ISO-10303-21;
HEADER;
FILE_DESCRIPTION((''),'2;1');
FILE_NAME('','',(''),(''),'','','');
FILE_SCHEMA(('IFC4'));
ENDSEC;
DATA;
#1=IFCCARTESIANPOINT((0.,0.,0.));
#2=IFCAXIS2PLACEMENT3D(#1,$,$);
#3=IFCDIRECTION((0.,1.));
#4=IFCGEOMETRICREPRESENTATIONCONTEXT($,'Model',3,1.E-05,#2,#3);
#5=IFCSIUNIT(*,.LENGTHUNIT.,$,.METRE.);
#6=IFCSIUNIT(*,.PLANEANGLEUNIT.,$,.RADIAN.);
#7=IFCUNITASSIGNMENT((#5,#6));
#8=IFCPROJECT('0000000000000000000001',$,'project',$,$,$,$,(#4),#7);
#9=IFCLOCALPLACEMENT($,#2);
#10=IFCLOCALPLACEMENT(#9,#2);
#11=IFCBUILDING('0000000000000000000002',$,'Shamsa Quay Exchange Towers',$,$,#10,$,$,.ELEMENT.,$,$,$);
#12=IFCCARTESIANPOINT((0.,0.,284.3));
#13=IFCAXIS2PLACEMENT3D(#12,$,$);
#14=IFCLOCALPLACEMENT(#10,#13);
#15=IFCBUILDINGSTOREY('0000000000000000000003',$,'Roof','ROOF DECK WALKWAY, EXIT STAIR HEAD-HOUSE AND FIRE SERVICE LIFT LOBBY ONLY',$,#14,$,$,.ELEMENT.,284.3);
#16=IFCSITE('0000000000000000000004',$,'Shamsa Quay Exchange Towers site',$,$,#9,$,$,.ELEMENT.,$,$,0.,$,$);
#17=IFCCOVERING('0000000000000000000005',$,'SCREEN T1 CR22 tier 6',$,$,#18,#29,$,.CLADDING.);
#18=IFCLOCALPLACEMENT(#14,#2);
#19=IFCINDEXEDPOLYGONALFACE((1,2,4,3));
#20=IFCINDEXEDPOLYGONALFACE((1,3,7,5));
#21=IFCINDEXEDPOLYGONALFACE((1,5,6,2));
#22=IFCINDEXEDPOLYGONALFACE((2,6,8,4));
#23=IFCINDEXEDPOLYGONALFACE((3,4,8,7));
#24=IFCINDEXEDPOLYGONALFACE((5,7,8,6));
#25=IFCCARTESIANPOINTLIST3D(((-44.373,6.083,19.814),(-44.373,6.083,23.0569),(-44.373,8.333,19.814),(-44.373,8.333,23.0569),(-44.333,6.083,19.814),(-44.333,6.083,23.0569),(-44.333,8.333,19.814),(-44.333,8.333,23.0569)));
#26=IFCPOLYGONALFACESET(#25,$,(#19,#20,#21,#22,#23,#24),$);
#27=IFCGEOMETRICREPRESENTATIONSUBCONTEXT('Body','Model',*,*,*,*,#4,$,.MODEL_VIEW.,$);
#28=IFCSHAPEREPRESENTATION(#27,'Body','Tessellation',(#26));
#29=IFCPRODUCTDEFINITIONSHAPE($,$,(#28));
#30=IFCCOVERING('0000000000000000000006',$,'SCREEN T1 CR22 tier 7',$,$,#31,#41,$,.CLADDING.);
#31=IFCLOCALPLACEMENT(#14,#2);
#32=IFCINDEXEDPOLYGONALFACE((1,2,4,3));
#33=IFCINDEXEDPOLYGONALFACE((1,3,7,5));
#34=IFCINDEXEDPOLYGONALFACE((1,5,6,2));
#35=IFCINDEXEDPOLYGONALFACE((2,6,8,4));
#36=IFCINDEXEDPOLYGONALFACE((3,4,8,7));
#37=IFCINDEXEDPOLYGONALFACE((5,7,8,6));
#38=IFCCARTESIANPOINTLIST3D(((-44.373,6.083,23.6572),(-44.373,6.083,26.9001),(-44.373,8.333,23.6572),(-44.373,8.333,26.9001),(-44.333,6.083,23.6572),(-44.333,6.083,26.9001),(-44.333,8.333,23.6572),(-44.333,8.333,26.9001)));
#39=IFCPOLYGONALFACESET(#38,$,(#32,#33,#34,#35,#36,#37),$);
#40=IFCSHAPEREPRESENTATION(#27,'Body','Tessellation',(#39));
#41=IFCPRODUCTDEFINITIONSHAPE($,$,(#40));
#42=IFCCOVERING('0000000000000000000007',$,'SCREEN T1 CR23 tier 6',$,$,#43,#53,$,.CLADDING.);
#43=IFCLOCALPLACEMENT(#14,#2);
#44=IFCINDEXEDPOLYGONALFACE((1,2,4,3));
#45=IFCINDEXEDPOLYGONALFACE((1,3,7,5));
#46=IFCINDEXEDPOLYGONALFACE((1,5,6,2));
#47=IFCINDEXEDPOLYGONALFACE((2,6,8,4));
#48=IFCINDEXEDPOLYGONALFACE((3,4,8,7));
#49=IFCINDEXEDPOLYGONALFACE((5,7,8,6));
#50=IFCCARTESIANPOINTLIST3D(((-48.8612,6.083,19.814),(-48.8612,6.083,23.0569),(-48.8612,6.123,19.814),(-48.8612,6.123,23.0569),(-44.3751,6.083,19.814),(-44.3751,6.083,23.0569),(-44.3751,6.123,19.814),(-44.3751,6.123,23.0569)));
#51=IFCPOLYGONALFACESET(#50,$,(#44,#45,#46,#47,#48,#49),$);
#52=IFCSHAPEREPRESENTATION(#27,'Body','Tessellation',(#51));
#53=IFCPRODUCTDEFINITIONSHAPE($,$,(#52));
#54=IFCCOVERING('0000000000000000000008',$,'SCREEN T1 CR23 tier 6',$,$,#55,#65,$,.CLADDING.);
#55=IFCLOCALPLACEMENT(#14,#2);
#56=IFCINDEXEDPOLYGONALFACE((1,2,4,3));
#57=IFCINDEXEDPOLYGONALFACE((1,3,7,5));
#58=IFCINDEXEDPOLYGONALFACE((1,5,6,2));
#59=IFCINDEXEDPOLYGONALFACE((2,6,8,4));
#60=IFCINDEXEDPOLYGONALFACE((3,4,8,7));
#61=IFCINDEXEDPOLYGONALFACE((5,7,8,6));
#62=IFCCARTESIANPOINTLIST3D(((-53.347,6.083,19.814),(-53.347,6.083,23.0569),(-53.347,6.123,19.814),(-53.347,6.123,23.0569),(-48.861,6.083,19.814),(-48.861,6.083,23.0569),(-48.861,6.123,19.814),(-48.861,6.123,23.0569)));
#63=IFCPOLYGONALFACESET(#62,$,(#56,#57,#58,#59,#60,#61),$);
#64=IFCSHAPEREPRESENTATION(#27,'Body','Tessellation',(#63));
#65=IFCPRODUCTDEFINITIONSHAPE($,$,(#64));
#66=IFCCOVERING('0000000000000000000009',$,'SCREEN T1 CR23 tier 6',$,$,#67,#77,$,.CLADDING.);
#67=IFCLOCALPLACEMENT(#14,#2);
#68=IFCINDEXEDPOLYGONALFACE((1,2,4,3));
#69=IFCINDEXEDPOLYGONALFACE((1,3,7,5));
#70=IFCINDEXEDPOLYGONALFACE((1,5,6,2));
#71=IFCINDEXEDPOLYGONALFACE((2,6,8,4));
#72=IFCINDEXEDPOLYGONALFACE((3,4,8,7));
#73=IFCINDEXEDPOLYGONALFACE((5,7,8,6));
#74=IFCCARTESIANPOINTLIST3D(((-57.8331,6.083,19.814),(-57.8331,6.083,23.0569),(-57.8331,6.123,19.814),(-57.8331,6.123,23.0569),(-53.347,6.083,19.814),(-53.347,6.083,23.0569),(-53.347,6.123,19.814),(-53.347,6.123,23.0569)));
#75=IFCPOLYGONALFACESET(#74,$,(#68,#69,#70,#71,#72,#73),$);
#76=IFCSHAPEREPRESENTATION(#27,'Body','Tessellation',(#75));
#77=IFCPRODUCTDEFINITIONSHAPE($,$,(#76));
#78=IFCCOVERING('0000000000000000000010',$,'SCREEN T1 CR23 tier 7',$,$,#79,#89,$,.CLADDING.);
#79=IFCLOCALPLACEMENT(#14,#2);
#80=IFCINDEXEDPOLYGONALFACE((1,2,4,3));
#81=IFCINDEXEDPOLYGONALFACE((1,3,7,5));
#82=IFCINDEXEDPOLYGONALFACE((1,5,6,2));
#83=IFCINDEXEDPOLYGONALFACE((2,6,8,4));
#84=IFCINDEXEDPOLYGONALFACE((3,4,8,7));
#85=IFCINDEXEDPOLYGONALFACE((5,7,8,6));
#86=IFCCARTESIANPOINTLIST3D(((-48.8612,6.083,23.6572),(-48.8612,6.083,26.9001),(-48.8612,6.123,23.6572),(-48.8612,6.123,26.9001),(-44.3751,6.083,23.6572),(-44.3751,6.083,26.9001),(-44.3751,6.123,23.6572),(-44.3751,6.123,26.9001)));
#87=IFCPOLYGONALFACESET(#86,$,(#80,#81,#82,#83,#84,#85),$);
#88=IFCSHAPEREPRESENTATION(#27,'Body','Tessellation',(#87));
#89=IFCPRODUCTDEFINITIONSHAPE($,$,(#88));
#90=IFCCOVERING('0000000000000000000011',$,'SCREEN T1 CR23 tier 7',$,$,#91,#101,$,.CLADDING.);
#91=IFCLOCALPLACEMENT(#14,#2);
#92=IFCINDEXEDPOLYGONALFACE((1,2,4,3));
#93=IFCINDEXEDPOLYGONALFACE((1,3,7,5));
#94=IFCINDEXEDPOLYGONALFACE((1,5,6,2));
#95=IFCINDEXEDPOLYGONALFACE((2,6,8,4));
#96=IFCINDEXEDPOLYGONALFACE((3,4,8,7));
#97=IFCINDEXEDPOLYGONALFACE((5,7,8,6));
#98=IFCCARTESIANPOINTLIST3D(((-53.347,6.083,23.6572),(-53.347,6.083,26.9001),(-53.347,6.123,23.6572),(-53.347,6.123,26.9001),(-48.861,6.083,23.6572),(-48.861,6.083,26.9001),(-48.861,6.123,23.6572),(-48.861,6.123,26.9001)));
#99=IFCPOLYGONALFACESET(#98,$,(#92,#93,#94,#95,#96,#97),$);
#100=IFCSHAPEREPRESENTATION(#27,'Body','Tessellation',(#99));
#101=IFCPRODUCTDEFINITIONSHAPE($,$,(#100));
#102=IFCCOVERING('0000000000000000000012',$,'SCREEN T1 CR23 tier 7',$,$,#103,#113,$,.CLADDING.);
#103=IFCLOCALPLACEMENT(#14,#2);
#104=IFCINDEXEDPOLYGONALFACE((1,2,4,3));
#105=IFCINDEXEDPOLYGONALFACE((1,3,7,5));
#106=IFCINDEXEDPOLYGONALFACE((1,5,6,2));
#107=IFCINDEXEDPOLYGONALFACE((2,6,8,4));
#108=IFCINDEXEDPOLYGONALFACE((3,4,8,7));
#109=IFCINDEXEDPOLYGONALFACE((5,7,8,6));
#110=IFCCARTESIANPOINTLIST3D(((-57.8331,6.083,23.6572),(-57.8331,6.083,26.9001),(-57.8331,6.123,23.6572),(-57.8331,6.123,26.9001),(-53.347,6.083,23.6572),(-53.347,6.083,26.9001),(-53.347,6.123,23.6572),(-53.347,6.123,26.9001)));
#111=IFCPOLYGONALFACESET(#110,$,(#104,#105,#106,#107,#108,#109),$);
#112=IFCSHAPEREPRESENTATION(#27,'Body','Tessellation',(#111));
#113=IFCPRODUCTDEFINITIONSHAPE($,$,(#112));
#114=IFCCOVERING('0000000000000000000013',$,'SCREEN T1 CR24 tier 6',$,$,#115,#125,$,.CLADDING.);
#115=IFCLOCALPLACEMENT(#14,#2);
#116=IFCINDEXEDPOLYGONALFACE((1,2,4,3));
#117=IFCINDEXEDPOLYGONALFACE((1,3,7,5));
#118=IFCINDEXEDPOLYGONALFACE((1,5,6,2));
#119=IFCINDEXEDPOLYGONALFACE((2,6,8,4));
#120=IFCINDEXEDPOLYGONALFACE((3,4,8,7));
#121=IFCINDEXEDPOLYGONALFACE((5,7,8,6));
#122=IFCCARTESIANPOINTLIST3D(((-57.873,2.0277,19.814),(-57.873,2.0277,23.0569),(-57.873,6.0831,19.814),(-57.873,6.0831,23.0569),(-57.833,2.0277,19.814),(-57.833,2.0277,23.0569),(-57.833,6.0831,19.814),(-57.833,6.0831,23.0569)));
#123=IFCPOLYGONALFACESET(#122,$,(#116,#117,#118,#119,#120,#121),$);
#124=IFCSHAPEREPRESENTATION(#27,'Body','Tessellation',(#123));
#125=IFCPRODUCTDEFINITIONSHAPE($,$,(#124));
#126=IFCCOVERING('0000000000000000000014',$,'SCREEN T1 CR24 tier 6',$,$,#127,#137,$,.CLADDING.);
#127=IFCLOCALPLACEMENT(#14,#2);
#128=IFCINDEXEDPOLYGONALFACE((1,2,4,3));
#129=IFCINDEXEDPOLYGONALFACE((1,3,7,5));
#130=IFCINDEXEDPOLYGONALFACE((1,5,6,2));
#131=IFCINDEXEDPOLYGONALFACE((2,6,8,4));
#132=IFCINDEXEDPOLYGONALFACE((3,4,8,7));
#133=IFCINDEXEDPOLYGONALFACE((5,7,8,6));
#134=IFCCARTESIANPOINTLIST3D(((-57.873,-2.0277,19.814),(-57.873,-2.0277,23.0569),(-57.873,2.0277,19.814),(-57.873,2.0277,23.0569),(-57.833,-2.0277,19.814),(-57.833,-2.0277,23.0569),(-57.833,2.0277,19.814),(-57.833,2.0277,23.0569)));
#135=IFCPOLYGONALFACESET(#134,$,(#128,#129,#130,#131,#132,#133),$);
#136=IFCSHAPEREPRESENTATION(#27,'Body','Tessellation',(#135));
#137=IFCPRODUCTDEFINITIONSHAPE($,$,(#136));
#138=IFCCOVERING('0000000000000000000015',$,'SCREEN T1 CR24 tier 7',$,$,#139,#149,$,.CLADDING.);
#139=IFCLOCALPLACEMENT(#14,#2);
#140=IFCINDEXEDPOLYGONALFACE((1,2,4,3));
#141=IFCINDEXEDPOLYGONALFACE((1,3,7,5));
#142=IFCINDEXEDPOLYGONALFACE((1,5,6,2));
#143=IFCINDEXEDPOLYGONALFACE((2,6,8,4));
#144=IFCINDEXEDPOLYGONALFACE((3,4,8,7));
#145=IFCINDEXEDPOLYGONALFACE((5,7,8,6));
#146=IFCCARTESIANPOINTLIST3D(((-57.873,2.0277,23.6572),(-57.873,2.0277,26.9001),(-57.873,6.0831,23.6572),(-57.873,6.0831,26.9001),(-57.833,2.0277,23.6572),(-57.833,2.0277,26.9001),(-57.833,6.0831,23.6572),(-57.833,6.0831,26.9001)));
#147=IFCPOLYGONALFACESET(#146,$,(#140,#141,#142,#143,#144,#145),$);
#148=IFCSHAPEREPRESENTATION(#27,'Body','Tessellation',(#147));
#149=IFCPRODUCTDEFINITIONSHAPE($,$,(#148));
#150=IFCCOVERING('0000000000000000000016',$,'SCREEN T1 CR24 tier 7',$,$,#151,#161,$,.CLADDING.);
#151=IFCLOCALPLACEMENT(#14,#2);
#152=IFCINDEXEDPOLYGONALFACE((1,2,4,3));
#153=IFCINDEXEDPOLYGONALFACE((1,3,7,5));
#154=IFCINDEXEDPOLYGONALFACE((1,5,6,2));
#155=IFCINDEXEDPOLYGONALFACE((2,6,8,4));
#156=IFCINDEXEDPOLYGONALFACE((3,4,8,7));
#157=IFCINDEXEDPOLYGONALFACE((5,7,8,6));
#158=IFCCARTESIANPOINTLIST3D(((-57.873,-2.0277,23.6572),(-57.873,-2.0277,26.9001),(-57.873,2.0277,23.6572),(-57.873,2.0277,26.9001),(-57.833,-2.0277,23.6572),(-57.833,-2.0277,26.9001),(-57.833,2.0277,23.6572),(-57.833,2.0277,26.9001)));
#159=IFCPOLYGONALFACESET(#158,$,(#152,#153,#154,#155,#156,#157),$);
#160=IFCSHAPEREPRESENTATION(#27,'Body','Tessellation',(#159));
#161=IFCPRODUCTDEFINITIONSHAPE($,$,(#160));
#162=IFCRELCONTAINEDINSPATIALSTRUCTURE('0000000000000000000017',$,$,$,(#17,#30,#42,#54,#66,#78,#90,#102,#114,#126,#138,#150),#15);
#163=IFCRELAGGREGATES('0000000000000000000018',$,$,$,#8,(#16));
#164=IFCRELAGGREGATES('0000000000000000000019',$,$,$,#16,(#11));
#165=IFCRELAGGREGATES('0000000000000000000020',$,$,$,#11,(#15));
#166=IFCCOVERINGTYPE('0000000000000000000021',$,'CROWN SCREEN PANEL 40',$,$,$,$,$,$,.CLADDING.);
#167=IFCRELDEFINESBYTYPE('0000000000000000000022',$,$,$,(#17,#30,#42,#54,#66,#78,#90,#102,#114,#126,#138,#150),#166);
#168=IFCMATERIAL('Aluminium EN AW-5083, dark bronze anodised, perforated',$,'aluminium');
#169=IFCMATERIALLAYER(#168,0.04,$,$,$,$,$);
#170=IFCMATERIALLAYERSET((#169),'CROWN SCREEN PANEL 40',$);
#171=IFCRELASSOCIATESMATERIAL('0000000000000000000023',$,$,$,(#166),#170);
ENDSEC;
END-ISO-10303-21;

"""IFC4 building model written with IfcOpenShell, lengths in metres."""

from ifc_helpers import new_model, si_unit, direction, frame, origin, origin_2d, place, context, subcontext, project, spatial, rectangle, extrude, material, layer, layer_set, type_object, element, save


model = new_model("IFC4")

# Units and contexts
model_context = context("Model", 3, precision=1e-05, world=origin(), true_north=direction((0.0, 1.0)))
body_context = subcontext(model_context, "Body", "Model", "MODEL_VIEW")
ifc_project = project(units=[si_unit("LENGTHUNIT", "METRE"), si_unit("PLANEANGLEUNIT", "RADIAN")], contexts=[model_context])

# Site, building, storey
site_placement = place(None, origin())
site = spatial("IfcSite", under=ifc_project, at=site_placement, Name="Shamsa Quay Exchange Towers site", CompositionType="ELEMENT", RefElevation=0.0)
building_placement = place(site_placement, origin())
building = spatial("IfcBuilding", under=site, at=building_placement, Name="Shamsa Quay Exchange Towers", CompositionType="ELEMENT")
storey_placement = place(building_placement, frame((0.0, 0.0, 284.3)))
storey = spatial("IfcBuildingStorey", under=building, at=storey_placement, Name="Roof", Description="ROOF DECK WALKWAY, EXIT STAIR HEAD-HOUSE AND FIRE SERVICE LIFT LOBBY ONLY", CompositionType="ELEMENT", Elevation=284.3)

# Coverings
ifc_material_1 = material(Name="Aluminium EN AW-5083, dark bronze anodised, perforated", Category="aluminium")
ifc_layer = layer(ifc_material_1, 0.04)
ifc_layer_set = layer_set([ifc_layer], Name="CROWN SCREEN PANEL 40")
covering_type = type_object("IfcCoveringType", Name="CROWN SCREEN PANEL 40", PredefinedType="CLADDING", material=ifc_layer_set)
for number, where, z_axis, x_axis, name in (
    (1, (-44.353, 7.208, 19.814), (0.0, 0.0, 1.0), (0.0, -1.0, 0.0), "SCREEN T1 CR22 tier 6"),
    (2, (-44.353, 7.208, 23.6572), (0.0, 0.0, 1.0), (0.0, -1.0, 0.0), "SCREEN T1 CR22 tier 7"),
):
    element("IfcCovering", number, at=place(storey_placement, frame(where, z_axis=z_axis, x_axis=x_axis)), inside=storey, type_object=covering_type, Name=name, PredefinedType="CLADDING", context=body_context, shape_type="SweptSolid", body=[
        extrude(rectangle(XDim=2.25, YDim=0.04, at=origin_2d()), origin(), (0.0, 0.0, 1.0), 3.2429),
    ])
for number, where, z_axis, x_axis, name in (
    (3, (-46.6182, 6.103, 19.814), (0.0, 0.0, 1.0), (-1.0, 0.0, 0.0), "SCREEN T1 CR23 tier 6"),
    (4, (-51.104, 6.103, 19.814), (0.0, 0.0, 1.0), (-1.0, 0.0, 0.0), "SCREEN T1 CR23 tier 6"),
    (5, (-55.5901, 6.103, 19.814), (0.0, 0.0, 1.0), (-1.0, 0.0, 0.0), "SCREEN T1 CR23 tier 6"),
    (6, (-46.6182, 6.103, 23.6572), (0.0, 0.0, 1.0), (-1.0, 0.0, 0.0), "SCREEN T1 CR23 tier 7"),
    (7, (-51.104, 6.103, 23.6572), (0.0, 0.0, 1.0), (-1.0, 0.0, 0.0), "SCREEN T1 CR23 tier 7"),
    (8, (-55.5901, 6.103, 23.6572), (0.0, 0.0, 1.0), (-1.0, 0.0, 0.0), "SCREEN T1 CR23 tier 7"),
):
    element("IfcCovering", number, at=place(storey_placement, frame(where, z_axis=z_axis, x_axis=x_axis)), inside=storey, type_object=covering_type, Name=name, PredefinedType="CLADDING", context=body_context, shape_type="SweptSolid", body=[
        extrude(rectangle(XDim=4.4861, YDim=0.04, at=origin_2d()), origin(), (0.0, 0.0, 1.0), 3.2429),
    ])
for number, where, z_axis, x_axis, name in (
    (9, (-57.853, 4.0554, 19.814), (0.0, 0.0, 1.0), (0.0, -1.0, 0.0), "SCREEN T1 CR24 tier 6"),
    (10, (-57.853, 0.0, 19.814), (0.0, 0.0, 1.0), (0.0, -1.0, 0.0), "SCREEN T1 CR24 tier 6"),
    (11, (-57.853, 4.0554, 23.6572), (0.0, 0.0, 1.0), (0.0, -1.0, 0.0), "SCREEN T1 CR24 tier 7"),
    (12, (-57.853, 0.0, 23.6572), (0.0, 0.0, 1.0), (0.0, -1.0, 0.0), "SCREEN T1 CR24 tier 7"),
):
    element("IfcCovering", number, at=place(storey_placement, frame(where, z_axis=z_axis, x_axis=x_axis)), inside=storey, type_object=covering_type, Name=name, PredefinedType="CLADDING", context=body_context, shape_type="SweptSolid", body=[
        extrude(rectangle(XDim=4.0554, YDim=0.04, at=origin_2d()), origin(), (0.0, 0.0, 1.0), 3.2429),
    ])

save(model, "model.ifc")
